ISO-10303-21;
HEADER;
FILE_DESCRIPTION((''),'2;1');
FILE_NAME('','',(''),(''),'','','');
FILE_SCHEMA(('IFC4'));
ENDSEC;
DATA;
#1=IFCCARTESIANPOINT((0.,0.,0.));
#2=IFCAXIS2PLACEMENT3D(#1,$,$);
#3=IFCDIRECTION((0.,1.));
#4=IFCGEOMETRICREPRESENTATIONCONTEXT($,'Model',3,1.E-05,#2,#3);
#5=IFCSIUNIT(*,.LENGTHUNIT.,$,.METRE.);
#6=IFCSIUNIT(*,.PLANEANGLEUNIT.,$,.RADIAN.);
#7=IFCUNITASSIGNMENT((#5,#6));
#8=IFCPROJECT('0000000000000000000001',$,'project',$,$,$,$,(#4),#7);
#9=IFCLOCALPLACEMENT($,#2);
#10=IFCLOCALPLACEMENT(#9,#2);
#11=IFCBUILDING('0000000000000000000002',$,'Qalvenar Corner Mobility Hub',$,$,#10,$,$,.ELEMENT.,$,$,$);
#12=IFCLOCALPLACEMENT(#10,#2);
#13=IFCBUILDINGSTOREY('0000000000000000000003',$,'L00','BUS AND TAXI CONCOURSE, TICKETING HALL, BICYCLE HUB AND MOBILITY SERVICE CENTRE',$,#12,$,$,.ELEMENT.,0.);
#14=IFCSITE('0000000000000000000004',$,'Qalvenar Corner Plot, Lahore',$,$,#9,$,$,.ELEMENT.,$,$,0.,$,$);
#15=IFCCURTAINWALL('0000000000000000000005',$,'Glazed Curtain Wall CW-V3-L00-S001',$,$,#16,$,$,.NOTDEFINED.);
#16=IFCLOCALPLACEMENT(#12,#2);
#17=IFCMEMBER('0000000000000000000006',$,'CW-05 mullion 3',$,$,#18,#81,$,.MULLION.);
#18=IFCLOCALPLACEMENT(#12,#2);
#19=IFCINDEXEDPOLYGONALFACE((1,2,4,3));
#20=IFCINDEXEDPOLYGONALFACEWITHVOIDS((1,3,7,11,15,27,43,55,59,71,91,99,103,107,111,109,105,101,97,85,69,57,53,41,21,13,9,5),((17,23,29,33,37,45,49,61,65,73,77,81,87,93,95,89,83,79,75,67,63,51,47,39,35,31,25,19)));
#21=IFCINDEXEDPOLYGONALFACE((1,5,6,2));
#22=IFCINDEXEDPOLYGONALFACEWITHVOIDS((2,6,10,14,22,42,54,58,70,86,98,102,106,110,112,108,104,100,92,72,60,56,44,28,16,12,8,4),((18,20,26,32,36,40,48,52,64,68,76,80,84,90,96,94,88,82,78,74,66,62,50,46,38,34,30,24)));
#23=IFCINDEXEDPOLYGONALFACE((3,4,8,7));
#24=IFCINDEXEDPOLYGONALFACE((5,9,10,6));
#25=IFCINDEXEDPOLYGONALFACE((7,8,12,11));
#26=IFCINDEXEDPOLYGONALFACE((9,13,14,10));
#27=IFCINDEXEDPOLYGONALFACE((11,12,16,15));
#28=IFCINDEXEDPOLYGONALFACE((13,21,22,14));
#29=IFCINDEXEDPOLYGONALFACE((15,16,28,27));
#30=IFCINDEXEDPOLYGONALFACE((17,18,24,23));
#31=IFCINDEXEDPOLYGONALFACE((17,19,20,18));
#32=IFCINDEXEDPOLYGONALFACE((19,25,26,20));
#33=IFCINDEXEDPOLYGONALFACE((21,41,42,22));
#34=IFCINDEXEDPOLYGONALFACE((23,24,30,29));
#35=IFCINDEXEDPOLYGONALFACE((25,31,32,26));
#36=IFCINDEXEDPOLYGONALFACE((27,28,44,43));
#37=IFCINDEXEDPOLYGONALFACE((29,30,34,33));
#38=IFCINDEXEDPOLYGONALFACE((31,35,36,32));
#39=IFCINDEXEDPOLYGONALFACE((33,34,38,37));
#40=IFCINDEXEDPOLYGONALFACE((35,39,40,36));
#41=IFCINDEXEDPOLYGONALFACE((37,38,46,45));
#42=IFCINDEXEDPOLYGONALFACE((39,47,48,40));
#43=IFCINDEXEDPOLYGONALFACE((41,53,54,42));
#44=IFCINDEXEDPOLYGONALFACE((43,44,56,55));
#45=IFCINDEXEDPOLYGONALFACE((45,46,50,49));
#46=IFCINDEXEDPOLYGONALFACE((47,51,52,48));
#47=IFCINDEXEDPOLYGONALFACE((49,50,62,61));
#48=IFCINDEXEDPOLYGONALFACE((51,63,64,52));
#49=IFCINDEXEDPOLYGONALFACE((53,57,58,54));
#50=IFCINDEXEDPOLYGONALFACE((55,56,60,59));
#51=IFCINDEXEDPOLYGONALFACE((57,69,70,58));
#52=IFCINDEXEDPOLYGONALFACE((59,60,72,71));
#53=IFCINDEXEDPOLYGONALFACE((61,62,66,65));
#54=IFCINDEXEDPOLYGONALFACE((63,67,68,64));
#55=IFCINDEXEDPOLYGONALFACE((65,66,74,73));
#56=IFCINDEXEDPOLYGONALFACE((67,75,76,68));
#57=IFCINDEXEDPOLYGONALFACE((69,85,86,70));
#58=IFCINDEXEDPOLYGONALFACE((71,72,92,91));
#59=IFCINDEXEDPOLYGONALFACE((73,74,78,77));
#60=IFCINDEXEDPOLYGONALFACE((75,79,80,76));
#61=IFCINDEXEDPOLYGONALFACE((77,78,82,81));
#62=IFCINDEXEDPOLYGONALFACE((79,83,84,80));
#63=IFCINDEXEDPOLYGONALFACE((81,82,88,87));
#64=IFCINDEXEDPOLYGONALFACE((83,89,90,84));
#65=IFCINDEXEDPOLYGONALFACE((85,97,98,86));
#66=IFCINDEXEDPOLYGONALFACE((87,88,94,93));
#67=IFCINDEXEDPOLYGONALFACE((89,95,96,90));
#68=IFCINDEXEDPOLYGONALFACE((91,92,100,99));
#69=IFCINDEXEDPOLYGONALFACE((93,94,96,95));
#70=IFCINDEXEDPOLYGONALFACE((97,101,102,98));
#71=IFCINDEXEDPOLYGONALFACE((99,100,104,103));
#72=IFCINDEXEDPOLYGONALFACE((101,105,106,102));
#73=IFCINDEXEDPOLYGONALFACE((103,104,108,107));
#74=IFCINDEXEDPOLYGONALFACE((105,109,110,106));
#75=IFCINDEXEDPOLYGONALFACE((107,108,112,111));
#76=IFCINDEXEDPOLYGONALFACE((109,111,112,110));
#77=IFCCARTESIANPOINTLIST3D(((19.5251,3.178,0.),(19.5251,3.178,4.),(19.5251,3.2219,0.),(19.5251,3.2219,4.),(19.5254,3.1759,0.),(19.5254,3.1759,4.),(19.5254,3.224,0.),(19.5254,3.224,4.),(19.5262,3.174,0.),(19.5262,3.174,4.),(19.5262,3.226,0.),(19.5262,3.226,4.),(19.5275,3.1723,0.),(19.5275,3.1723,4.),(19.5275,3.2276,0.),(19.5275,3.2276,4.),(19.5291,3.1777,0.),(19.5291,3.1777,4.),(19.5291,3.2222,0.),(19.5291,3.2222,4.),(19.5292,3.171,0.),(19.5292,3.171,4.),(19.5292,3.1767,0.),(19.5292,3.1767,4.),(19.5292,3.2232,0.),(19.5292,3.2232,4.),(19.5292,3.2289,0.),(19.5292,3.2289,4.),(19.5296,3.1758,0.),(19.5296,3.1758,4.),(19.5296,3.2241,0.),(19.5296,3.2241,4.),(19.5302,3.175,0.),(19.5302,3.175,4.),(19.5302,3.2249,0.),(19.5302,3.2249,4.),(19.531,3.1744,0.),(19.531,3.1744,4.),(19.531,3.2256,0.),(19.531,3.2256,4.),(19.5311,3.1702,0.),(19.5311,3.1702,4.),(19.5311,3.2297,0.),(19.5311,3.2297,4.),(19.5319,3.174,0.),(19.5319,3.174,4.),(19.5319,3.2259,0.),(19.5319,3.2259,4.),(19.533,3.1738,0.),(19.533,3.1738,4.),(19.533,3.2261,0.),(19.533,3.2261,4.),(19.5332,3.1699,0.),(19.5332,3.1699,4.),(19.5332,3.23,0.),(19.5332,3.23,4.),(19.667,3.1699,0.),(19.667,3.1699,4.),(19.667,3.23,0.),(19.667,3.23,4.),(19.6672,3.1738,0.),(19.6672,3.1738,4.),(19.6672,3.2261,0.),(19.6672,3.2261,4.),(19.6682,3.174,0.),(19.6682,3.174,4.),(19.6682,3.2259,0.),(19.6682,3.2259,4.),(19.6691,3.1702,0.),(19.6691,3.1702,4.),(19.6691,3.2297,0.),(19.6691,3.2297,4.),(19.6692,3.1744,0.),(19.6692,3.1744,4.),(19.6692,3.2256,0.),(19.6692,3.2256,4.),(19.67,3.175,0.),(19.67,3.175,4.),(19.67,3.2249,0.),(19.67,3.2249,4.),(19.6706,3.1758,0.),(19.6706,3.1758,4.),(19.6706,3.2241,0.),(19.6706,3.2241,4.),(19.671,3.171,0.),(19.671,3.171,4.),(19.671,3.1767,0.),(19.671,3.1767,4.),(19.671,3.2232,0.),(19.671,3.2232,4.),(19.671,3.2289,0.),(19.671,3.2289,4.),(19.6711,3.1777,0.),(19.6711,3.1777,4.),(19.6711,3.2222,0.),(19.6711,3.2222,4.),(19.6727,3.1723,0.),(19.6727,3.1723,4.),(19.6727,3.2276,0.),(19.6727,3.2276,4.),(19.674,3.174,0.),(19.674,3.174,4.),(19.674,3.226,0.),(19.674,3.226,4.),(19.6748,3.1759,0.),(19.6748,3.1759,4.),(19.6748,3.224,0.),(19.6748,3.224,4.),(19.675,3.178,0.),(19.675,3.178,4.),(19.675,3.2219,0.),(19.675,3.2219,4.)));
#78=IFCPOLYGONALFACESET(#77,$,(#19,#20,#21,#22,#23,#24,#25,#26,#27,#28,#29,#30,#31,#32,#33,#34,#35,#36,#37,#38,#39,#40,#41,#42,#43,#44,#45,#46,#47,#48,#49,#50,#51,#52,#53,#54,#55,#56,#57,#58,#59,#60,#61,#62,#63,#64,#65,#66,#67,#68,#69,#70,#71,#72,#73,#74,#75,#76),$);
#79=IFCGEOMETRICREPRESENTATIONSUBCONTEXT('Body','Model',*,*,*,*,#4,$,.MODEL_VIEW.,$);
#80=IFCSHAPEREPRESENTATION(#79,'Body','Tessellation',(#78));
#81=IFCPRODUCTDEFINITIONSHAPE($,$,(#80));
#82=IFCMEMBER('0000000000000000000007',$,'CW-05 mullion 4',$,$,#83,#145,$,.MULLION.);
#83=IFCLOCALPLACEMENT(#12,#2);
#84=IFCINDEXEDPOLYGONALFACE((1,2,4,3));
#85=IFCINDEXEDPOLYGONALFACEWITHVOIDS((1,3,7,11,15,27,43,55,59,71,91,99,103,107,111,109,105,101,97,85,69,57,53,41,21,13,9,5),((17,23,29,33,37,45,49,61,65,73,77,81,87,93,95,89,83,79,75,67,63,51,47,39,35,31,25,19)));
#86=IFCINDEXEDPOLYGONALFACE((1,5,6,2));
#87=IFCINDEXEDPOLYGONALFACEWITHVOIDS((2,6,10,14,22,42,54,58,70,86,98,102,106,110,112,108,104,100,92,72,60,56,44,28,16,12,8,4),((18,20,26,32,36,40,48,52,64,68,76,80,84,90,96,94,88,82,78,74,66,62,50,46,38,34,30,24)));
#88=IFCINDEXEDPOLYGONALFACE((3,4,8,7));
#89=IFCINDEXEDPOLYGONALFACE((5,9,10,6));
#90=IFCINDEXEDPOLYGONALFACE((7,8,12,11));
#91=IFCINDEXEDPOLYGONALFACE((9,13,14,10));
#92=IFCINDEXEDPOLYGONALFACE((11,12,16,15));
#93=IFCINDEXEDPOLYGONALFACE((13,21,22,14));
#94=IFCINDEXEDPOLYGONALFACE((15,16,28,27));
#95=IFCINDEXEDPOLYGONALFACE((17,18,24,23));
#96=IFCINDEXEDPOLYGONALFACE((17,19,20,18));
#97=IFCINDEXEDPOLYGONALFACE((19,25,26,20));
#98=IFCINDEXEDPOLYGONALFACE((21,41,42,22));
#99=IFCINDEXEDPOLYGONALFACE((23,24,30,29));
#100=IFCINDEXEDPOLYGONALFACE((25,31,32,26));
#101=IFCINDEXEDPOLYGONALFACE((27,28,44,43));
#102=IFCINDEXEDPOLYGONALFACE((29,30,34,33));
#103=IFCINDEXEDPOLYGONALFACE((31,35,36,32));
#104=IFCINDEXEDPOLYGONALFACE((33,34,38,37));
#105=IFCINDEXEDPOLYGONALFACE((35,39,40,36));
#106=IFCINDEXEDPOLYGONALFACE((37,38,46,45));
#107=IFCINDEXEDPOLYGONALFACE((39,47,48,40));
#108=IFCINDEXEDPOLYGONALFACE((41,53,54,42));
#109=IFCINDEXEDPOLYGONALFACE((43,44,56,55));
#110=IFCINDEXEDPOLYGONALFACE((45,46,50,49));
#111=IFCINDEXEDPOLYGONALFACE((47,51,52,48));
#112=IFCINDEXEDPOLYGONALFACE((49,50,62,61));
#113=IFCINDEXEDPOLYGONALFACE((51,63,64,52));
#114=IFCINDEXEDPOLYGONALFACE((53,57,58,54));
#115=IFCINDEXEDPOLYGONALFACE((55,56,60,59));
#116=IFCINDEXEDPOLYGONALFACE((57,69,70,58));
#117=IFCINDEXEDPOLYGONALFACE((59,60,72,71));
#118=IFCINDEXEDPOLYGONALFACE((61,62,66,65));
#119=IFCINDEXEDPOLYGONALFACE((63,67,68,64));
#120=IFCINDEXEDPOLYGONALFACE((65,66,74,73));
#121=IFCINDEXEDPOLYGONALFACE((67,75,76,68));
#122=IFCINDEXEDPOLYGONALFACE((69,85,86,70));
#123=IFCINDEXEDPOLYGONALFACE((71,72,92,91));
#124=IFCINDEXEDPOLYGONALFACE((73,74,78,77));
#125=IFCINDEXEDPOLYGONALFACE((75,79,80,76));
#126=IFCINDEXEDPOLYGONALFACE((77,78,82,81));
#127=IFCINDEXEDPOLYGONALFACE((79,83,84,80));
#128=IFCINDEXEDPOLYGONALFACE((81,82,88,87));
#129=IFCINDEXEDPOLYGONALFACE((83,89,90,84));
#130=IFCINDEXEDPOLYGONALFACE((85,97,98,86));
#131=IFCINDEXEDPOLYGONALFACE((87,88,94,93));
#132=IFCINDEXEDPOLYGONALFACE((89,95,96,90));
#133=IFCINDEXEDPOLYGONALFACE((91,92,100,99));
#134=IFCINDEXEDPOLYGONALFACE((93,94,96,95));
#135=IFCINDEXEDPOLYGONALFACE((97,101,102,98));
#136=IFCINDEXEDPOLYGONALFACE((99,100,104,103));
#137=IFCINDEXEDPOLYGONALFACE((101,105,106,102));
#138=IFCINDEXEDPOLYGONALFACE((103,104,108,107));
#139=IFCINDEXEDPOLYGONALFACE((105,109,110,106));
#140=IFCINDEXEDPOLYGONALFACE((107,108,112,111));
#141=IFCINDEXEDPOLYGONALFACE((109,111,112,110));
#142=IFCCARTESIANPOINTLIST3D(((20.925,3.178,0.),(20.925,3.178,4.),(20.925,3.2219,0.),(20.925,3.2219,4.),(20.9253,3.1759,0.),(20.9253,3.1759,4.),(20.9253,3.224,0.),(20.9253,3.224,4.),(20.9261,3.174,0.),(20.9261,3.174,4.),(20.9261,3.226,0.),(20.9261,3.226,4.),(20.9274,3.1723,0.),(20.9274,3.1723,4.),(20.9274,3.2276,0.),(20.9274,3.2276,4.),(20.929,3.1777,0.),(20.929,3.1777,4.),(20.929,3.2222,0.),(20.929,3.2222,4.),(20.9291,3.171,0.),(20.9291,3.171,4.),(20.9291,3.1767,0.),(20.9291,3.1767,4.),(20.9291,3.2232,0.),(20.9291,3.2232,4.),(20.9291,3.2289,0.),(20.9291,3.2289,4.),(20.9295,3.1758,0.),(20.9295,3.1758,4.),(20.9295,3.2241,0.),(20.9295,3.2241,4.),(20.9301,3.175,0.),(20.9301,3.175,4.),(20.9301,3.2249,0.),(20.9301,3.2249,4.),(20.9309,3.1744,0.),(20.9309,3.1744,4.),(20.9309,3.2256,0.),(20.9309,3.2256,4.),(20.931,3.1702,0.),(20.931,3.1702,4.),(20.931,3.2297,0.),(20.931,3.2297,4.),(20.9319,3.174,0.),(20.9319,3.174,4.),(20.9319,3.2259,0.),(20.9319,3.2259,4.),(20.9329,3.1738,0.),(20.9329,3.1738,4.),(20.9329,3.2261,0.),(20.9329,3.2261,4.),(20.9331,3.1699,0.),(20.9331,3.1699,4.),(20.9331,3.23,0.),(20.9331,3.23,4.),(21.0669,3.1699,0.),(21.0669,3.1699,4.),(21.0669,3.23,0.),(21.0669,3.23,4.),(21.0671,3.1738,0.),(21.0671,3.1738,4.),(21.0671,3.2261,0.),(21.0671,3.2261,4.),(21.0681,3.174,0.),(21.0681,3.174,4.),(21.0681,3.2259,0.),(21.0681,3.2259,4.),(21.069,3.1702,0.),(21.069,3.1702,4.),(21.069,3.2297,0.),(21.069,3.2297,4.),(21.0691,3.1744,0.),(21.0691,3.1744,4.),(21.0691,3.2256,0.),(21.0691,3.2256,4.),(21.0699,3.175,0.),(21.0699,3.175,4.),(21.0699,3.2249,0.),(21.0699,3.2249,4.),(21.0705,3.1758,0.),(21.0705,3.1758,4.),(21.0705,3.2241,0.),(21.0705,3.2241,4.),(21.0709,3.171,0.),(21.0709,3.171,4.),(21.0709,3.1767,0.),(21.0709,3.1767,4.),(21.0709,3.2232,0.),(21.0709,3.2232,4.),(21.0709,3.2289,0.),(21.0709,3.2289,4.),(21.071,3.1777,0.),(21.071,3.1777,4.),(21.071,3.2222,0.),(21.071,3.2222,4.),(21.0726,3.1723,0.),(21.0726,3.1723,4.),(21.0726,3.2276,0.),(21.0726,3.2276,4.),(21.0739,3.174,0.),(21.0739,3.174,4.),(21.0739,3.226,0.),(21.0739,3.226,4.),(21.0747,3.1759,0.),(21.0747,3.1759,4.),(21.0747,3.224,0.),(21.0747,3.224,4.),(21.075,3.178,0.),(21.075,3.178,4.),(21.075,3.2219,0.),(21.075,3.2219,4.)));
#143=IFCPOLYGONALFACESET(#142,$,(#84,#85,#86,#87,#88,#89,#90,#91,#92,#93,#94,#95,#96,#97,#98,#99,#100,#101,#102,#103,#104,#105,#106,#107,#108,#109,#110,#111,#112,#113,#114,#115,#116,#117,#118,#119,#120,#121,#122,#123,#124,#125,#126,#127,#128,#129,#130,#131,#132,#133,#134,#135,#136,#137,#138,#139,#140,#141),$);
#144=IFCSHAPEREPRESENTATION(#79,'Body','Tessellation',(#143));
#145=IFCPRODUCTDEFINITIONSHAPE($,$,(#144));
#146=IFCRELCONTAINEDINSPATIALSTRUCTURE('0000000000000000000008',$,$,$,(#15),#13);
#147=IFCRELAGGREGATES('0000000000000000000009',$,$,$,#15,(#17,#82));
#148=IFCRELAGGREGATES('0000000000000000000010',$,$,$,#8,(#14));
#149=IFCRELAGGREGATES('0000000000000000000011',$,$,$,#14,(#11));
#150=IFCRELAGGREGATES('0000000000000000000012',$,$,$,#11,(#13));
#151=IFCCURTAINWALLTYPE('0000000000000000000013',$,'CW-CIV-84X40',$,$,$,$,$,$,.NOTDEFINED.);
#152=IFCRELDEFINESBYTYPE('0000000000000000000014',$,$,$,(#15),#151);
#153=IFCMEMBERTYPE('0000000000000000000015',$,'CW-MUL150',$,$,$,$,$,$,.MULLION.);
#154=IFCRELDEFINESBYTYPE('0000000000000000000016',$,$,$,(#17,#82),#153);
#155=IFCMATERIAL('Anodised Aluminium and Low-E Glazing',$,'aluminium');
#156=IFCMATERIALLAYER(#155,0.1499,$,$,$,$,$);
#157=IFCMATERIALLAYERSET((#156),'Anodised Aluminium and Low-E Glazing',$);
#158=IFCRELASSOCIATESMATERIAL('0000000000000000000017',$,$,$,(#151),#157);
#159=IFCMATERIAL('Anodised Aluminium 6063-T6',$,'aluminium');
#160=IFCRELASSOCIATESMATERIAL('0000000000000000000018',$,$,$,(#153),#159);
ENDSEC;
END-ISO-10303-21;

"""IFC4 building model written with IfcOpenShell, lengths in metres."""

from ifc_helpers import new_model, si_unit, direction, frame, origin, origin_2d, place, context, subcontext, project, spatial, hollow_rectangle, extrude, material, layer, layer_set, material_profile, profile_set, type_object, element, aggregate, save


model = new_model("IFC4")

# Units and contexts
model_context = context("Model", 3, precision=1e-05, world=origin(), true_north=direction((0.0, 1.0)))
body_context = subcontext(model_context, "Body", "Model", "MODEL_VIEW")
ifc_project = project(units=[si_unit("LENGTHUNIT", "METRE"), si_unit("PLANEANGLEUNIT", "RADIAN")], contexts=[model_context])

# Site, building, storey
site_placement = place(None, origin())
site = spatial("IfcSite", under=ifc_project, at=site_placement, Name="Qalvenar Corner Plot, Lahore", CompositionType="ELEMENT", RefElevation=0.0)
building_placement = place(site_placement, origin())
building = spatial("IfcBuilding", under=site, at=building_placement, Name="Qalvenar Corner Mobility Hub", CompositionType="ELEMENT")
storey_placement = place(building_placement, origin())
storey = spatial("IfcBuildingStorey", under=building, at=storey_placement, Name="L00", Description="BUS AND TAXI CONCOURSE, TICKETING HALL, BICYCLE HUB AND MOBILITY SERVICE CENTRE", CompositionType="ELEMENT", Elevation=0.0)

# Curtain wall, members
ifc_material_1 = material(Name="Anodised Aluminium and Low-E Glazing", Category="aluminium")
ifc_layer_1 = layer(ifc_material_1, 0.1499)
ifc_layer_set_1 = layer_set([ifc_layer_1], Name="Anodised Aluminium and Low-E Glazing")
curtain_wall_type = type_object("IfcCurtainWallType", Name="CW-CIV-84X40", PredefinedType="NOTDEFINED", material=ifc_layer_set_1)
curtain_wall_placement = place(storey_placement, origin())
curtain_wall = element("IfcCurtainWall", 1, at=curtain_wall_placement, inside=storey, type_object=curtain_wall_type, Name="Glazed Curtain Wall CW-V3-L00-S001", PredefinedType="NOTDEFINED")
ifc_material_2 = material(Name="Anodised Aluminium 6063-T6", Category="aluminium")
ifc_material_profile_1 = material_profile(ifc_material_2, hollow_rectangle(XDim=0.0601, YDim=0.1499, WallThickness=0.0039, InnerFilletRadius=0.0039, OuterFilletRadius=0.0081, at=origin_2d()), Name="RHS150x60x4")
ifc_profile_set_1 = profile_set([ifc_material_profile_1], Name="Anodised Aluminium 6063-T6")
member_type_1 = type_object("IfcMemberType", Name="CW-MUL150", PredefinedType="MULLION", material=ifc_profile_set_1)
member_1_placement = place(storey_placement, frame((19.6001, 3.2, 0.0), z_axis=(0.0, 0.0, 1.0), x_axis=(0.0, 1.0, 0.0)))
member_1 = element("IfcMember", 2, at=member_1_placement, type_object=member_type_1, Name="CW-05 mullion 3", PredefinedType="MULLION", context=body_context, shape_type="SweptSolid", body=[
    extrude(hollow_rectangle(XDim=0.0601, YDim=0.1499, WallThickness=0.0039, InnerFilletRadius=0.0039, OuterFilletRadius=0.0081, at=origin_2d()), origin(), (0.0, 0.0, 1.0), 4.0),
])
member_2_placement = place(storey_placement, frame((21.0, 3.2, 0.0), z_axis=(0.0, 0.0, 1.0), x_axis=(0.0, 1.0, 0.0)))
member_2 = element("IfcMember", 3, at=member_2_placement, type_object=member_type_1, Name="CW-05 mullion 4", PredefinedType="MULLION", context=body_context, shape_type="SweptSolid", body=[
    extrude(hollow_rectangle(XDim=0.0601, YDim=0.1499, WallThickness=0.0039, InnerFilletRadius=0.0039, OuterFilletRadius=0.0081, at=origin_2d()), origin(), (0.0, 0.0, 1.0), 4.0),
])
aggregate(curtain_wall, [member_1, member_2])

save(model, "model.ifc")
